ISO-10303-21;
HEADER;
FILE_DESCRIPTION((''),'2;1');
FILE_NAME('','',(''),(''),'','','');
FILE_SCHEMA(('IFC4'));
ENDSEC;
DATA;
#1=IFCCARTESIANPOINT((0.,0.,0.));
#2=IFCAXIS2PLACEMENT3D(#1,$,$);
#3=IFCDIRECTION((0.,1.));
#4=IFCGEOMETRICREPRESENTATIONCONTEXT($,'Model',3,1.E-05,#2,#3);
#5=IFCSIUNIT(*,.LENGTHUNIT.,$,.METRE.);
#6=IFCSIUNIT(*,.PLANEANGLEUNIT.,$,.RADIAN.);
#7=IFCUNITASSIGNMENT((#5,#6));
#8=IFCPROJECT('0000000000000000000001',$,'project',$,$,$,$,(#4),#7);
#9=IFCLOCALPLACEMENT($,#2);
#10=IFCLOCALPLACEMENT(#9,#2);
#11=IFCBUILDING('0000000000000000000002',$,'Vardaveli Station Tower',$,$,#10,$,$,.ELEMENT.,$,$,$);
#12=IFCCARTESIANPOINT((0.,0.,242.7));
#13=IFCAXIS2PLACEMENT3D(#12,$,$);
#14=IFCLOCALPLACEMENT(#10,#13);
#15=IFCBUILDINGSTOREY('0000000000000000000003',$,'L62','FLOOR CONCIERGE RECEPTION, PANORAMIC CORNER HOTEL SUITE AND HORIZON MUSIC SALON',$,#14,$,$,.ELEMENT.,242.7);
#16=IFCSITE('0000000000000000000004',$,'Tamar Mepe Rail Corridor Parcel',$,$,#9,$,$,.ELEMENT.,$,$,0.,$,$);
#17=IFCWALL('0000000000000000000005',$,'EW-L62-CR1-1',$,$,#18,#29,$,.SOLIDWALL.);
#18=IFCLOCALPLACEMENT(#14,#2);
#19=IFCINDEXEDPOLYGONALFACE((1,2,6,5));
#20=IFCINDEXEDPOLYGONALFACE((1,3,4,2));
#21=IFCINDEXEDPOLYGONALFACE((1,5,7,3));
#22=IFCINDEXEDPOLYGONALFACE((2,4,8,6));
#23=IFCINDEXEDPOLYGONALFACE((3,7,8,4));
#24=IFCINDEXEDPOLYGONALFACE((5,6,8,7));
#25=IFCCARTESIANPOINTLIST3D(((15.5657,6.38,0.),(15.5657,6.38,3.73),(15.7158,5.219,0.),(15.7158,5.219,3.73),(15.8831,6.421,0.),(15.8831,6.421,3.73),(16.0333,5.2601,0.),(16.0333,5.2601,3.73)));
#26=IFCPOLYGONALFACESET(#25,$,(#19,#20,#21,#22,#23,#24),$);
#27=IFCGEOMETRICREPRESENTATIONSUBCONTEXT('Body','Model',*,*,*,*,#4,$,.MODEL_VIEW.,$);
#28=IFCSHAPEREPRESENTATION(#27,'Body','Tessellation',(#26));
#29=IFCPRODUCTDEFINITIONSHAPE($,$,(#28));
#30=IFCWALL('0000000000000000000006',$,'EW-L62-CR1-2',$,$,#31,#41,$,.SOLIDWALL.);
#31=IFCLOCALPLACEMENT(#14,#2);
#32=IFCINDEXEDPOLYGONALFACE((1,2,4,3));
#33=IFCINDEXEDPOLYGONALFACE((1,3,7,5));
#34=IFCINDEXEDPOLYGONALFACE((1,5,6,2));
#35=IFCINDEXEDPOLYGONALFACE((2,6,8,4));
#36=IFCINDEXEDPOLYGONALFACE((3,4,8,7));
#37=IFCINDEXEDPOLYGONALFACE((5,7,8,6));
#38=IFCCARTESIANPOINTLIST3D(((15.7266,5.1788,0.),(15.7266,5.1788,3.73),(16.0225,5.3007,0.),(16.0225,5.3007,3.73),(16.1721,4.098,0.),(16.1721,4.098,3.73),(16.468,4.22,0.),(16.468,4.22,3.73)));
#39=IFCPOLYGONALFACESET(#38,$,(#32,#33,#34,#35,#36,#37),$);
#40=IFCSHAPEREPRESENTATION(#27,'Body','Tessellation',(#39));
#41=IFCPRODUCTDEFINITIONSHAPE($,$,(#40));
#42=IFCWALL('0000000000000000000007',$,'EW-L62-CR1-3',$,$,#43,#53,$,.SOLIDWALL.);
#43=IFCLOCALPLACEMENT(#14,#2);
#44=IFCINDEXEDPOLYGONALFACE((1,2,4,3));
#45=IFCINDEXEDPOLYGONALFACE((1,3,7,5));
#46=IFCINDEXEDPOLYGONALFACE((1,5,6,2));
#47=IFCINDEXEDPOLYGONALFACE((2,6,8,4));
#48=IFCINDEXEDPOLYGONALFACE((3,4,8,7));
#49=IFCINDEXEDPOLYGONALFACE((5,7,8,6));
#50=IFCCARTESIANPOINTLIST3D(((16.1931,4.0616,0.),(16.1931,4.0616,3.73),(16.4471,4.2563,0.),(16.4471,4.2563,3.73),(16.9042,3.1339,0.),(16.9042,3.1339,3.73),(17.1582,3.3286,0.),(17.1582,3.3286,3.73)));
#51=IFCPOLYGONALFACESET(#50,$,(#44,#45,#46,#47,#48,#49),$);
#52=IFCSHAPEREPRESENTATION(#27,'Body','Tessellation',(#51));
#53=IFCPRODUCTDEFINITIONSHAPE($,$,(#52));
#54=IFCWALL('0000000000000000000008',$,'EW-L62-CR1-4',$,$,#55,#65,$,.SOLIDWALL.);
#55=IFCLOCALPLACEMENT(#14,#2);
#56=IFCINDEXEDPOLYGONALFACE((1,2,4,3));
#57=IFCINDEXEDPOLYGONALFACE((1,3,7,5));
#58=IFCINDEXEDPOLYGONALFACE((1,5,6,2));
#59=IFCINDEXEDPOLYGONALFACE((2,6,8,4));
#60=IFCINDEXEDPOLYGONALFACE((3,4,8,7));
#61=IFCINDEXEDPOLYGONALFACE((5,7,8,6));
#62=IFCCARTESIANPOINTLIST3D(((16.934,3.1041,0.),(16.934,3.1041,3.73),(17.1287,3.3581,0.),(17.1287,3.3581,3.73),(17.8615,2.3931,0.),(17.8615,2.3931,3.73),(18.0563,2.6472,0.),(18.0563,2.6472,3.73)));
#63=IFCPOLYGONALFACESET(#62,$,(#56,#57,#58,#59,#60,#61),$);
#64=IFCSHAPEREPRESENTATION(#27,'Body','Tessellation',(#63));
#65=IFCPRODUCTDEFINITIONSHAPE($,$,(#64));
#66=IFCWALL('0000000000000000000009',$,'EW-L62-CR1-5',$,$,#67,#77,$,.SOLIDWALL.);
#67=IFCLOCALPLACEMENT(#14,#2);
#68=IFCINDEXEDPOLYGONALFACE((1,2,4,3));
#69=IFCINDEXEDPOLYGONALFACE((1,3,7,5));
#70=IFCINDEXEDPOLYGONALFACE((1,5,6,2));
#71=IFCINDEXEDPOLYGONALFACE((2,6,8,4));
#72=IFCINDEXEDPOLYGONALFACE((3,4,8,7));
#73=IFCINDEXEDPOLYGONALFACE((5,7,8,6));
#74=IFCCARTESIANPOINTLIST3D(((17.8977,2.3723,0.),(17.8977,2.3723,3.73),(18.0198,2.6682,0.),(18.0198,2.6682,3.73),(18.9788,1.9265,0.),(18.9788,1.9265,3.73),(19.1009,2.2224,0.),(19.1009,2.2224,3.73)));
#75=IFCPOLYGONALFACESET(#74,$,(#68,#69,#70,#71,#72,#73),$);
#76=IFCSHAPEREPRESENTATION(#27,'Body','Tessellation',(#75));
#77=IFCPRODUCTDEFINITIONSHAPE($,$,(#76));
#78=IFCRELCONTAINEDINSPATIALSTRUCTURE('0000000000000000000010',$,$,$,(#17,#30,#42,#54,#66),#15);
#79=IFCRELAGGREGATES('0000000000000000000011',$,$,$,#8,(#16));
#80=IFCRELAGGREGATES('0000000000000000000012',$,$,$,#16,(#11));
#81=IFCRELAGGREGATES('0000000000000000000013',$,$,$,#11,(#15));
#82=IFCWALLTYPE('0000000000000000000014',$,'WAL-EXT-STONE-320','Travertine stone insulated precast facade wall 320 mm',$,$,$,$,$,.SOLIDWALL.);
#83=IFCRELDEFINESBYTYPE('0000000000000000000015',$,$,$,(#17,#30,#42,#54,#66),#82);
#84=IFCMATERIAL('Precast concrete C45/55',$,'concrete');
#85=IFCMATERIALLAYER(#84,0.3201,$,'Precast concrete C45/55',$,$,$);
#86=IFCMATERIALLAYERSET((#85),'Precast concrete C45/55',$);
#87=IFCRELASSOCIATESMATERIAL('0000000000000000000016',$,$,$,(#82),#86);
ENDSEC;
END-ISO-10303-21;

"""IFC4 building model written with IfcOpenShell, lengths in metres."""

from ifc_helpers import new_model, si_unit, direction, frame, frame_2d, origin, place, context, subcontext, project, spatial, rectangle, extrude, source, transform, mapped, material, layer, layer_set, type_object, element, save


model = new_model("IFC4")

# Units and contexts
model_context = context("Model", 3, precision=1e-05, world=origin(), true_north=direction((0.0, 1.0)))
body_context = subcontext(model_context, "Body", "Model", "MODEL_VIEW")
ifc_project = project(units=[si_unit("LENGTHUNIT", "METRE"), si_unit("PLANEANGLEUNIT", "RADIAN")], contexts=[model_context])

# Site, building, storey
site_placement = place(None, origin())
site = spatial("IfcSite", under=ifc_project, at=site_placement, Name="Tamar Mepe Rail Corridor Parcel", CompositionType="ELEMENT", RefElevation=0.0)
building_placement = place(site_placement, origin())
building = spatial("IfcBuilding", under=site, at=building_placement, Name="Vardaveli Station Tower", CompositionType="ELEMENT")
storey_placement = place(building_placement, frame((0.0, 0.0, 242.7)))
storey = spatial("IfcBuildingStorey", under=building, at=storey_placement, Name="L62", Description="FLOOR CONCIERGE RECEPTION, PANORAMIC CORNER HOTEL SUITE AND HORIZON MUSIC SALON", CompositionType="ELEMENT", Elevation=242.7)

# Walls
ifc_material_1 = material(Name="Precast concrete C45/55", Category="concrete")
ifc_layer_1 = layer(ifc_material_1, 0.3201, Name="Precast concrete C45/55")
ifc_layer_set_1 = layer_set([ifc_layer_1], Name="Precast concrete C45/55")
wall_type_1 = type_object("IfcWallType", Name="WAL-EXT-STONE-320", Description="Travertine stone insulated precast facade wall 320 mm", PredefinedType="SOLIDWALL", material=ifc_layer_set_1)
shared_shape_1 = source(origin(), body_context, "Body", "SweptSolid", [
    extrude(rectangle(XDim=1.1707, YDim=0.3201, at=frame_2d((0.5854, 0.0))), origin(), (0.0, 0.0, 1.0), 3.73),
])
wall_1_placement = place(storey_placement, frame((15.7244, 6.4006, 0.0), z_axis=(0.0, 0.0, 1.0), x_axis=(0.128269, -0.991739, 0.0)))
element("IfcWall", 1, at=wall_1_placement, inside=storey, type_object=wall_type_1, Name="EW-L62-CR1-1", PredefinedType="SOLIDWALL", context=body_context, shape_type="MappedRepresentation", body=[
    mapped(shared_shape_1, transform((0.0, 0.0, 0.0), scale=1.0)),
])
shared_shape_2 = source(origin(), body_context, "Body", "SweptSolid", [
    extrude(rectangle(XDim=1.1689, YDim=0.3201, at=frame_2d((0.5845, 0.0))), origin(), (0.0, 0.0, 1.0), 3.73),
])
for number, where, z_axis, x_axis, name in (
    (2, (15.8745, 5.2397, 0.0), (0.0, 0.0, 1.0), (0.381128, -0.924522, 0.0), "EW-L62-CR1-2"),
    (3, (16.3201, 4.1589, 0.0), (0.0, 0.0, 1.0), (0.608388, -0.79364, 0.0), "EW-L62-CR1-3"),
):
    element("IfcWall", number, at=place(storey_placement, frame(where, z_axis=z_axis, x_axis=x_axis)), inside=storey, type_object=wall_type_1, Name=name, PredefinedType="SOLIDWALL", context=body_context, shape_type="MappedRepresentation", body=[
        mapped(shared_shape_2, transform((0.0, 0.0, 0.0), scale=1.0)),
    ])
shared_shape_3 = source(origin(), body_context, "Body", "SweptSolid", [
    extrude(rectangle(XDim=1.1687, YDim=0.3201, at=frame_2d((0.5845, 0.0))), origin(), (0.0, 0.0, 1.0), 3.73),
])
wall_2_placement = place(storey_placement, frame((17.0312, 3.2312, 0.0), z_axis=(0.0, 0.0, 1.0), x_axis=(0.793664, -0.608357, 0.0)))
element("IfcWall", 4, at=wall_2_placement, inside=storey, type_object=wall_type_1, Name="EW-L62-CR1-4", PredefinedType="SOLIDWALL", context=body_context, shape_type="MappedRepresentation", body=[
    mapped(shared_shape_3, transform((0.0, 0.0, 0.0), scale=1.0)),
])
shared_shape_4 = source(origin(), body_context, "Body", "SweptSolid", [
    extrude(rectangle(XDim=1.1694, YDim=0.3201, at=frame_2d((0.5847, 0.0))), origin(), (0.0, 0.0, 1.0), 3.73),
])
wall_3_placement = place(storey_placement, frame((17.9587, 2.5203, 0.0), z_axis=(0.0, 0.0, 1.0), x_axis=(0.924479, -0.381233, 0.0)))
element("IfcWall", 5, at=wall_3_placement, inside=storey, type_object=wall_type_1, Name="EW-L62-CR1-5", PredefinedType="SOLIDWALL", context=body_context, shape_type="MappedRepresentation", body=[
    mapped(shared_shape_4, transform((0.0, 0.0, 0.0), scale=1.0)),
])

save(model, "model.ifc")
